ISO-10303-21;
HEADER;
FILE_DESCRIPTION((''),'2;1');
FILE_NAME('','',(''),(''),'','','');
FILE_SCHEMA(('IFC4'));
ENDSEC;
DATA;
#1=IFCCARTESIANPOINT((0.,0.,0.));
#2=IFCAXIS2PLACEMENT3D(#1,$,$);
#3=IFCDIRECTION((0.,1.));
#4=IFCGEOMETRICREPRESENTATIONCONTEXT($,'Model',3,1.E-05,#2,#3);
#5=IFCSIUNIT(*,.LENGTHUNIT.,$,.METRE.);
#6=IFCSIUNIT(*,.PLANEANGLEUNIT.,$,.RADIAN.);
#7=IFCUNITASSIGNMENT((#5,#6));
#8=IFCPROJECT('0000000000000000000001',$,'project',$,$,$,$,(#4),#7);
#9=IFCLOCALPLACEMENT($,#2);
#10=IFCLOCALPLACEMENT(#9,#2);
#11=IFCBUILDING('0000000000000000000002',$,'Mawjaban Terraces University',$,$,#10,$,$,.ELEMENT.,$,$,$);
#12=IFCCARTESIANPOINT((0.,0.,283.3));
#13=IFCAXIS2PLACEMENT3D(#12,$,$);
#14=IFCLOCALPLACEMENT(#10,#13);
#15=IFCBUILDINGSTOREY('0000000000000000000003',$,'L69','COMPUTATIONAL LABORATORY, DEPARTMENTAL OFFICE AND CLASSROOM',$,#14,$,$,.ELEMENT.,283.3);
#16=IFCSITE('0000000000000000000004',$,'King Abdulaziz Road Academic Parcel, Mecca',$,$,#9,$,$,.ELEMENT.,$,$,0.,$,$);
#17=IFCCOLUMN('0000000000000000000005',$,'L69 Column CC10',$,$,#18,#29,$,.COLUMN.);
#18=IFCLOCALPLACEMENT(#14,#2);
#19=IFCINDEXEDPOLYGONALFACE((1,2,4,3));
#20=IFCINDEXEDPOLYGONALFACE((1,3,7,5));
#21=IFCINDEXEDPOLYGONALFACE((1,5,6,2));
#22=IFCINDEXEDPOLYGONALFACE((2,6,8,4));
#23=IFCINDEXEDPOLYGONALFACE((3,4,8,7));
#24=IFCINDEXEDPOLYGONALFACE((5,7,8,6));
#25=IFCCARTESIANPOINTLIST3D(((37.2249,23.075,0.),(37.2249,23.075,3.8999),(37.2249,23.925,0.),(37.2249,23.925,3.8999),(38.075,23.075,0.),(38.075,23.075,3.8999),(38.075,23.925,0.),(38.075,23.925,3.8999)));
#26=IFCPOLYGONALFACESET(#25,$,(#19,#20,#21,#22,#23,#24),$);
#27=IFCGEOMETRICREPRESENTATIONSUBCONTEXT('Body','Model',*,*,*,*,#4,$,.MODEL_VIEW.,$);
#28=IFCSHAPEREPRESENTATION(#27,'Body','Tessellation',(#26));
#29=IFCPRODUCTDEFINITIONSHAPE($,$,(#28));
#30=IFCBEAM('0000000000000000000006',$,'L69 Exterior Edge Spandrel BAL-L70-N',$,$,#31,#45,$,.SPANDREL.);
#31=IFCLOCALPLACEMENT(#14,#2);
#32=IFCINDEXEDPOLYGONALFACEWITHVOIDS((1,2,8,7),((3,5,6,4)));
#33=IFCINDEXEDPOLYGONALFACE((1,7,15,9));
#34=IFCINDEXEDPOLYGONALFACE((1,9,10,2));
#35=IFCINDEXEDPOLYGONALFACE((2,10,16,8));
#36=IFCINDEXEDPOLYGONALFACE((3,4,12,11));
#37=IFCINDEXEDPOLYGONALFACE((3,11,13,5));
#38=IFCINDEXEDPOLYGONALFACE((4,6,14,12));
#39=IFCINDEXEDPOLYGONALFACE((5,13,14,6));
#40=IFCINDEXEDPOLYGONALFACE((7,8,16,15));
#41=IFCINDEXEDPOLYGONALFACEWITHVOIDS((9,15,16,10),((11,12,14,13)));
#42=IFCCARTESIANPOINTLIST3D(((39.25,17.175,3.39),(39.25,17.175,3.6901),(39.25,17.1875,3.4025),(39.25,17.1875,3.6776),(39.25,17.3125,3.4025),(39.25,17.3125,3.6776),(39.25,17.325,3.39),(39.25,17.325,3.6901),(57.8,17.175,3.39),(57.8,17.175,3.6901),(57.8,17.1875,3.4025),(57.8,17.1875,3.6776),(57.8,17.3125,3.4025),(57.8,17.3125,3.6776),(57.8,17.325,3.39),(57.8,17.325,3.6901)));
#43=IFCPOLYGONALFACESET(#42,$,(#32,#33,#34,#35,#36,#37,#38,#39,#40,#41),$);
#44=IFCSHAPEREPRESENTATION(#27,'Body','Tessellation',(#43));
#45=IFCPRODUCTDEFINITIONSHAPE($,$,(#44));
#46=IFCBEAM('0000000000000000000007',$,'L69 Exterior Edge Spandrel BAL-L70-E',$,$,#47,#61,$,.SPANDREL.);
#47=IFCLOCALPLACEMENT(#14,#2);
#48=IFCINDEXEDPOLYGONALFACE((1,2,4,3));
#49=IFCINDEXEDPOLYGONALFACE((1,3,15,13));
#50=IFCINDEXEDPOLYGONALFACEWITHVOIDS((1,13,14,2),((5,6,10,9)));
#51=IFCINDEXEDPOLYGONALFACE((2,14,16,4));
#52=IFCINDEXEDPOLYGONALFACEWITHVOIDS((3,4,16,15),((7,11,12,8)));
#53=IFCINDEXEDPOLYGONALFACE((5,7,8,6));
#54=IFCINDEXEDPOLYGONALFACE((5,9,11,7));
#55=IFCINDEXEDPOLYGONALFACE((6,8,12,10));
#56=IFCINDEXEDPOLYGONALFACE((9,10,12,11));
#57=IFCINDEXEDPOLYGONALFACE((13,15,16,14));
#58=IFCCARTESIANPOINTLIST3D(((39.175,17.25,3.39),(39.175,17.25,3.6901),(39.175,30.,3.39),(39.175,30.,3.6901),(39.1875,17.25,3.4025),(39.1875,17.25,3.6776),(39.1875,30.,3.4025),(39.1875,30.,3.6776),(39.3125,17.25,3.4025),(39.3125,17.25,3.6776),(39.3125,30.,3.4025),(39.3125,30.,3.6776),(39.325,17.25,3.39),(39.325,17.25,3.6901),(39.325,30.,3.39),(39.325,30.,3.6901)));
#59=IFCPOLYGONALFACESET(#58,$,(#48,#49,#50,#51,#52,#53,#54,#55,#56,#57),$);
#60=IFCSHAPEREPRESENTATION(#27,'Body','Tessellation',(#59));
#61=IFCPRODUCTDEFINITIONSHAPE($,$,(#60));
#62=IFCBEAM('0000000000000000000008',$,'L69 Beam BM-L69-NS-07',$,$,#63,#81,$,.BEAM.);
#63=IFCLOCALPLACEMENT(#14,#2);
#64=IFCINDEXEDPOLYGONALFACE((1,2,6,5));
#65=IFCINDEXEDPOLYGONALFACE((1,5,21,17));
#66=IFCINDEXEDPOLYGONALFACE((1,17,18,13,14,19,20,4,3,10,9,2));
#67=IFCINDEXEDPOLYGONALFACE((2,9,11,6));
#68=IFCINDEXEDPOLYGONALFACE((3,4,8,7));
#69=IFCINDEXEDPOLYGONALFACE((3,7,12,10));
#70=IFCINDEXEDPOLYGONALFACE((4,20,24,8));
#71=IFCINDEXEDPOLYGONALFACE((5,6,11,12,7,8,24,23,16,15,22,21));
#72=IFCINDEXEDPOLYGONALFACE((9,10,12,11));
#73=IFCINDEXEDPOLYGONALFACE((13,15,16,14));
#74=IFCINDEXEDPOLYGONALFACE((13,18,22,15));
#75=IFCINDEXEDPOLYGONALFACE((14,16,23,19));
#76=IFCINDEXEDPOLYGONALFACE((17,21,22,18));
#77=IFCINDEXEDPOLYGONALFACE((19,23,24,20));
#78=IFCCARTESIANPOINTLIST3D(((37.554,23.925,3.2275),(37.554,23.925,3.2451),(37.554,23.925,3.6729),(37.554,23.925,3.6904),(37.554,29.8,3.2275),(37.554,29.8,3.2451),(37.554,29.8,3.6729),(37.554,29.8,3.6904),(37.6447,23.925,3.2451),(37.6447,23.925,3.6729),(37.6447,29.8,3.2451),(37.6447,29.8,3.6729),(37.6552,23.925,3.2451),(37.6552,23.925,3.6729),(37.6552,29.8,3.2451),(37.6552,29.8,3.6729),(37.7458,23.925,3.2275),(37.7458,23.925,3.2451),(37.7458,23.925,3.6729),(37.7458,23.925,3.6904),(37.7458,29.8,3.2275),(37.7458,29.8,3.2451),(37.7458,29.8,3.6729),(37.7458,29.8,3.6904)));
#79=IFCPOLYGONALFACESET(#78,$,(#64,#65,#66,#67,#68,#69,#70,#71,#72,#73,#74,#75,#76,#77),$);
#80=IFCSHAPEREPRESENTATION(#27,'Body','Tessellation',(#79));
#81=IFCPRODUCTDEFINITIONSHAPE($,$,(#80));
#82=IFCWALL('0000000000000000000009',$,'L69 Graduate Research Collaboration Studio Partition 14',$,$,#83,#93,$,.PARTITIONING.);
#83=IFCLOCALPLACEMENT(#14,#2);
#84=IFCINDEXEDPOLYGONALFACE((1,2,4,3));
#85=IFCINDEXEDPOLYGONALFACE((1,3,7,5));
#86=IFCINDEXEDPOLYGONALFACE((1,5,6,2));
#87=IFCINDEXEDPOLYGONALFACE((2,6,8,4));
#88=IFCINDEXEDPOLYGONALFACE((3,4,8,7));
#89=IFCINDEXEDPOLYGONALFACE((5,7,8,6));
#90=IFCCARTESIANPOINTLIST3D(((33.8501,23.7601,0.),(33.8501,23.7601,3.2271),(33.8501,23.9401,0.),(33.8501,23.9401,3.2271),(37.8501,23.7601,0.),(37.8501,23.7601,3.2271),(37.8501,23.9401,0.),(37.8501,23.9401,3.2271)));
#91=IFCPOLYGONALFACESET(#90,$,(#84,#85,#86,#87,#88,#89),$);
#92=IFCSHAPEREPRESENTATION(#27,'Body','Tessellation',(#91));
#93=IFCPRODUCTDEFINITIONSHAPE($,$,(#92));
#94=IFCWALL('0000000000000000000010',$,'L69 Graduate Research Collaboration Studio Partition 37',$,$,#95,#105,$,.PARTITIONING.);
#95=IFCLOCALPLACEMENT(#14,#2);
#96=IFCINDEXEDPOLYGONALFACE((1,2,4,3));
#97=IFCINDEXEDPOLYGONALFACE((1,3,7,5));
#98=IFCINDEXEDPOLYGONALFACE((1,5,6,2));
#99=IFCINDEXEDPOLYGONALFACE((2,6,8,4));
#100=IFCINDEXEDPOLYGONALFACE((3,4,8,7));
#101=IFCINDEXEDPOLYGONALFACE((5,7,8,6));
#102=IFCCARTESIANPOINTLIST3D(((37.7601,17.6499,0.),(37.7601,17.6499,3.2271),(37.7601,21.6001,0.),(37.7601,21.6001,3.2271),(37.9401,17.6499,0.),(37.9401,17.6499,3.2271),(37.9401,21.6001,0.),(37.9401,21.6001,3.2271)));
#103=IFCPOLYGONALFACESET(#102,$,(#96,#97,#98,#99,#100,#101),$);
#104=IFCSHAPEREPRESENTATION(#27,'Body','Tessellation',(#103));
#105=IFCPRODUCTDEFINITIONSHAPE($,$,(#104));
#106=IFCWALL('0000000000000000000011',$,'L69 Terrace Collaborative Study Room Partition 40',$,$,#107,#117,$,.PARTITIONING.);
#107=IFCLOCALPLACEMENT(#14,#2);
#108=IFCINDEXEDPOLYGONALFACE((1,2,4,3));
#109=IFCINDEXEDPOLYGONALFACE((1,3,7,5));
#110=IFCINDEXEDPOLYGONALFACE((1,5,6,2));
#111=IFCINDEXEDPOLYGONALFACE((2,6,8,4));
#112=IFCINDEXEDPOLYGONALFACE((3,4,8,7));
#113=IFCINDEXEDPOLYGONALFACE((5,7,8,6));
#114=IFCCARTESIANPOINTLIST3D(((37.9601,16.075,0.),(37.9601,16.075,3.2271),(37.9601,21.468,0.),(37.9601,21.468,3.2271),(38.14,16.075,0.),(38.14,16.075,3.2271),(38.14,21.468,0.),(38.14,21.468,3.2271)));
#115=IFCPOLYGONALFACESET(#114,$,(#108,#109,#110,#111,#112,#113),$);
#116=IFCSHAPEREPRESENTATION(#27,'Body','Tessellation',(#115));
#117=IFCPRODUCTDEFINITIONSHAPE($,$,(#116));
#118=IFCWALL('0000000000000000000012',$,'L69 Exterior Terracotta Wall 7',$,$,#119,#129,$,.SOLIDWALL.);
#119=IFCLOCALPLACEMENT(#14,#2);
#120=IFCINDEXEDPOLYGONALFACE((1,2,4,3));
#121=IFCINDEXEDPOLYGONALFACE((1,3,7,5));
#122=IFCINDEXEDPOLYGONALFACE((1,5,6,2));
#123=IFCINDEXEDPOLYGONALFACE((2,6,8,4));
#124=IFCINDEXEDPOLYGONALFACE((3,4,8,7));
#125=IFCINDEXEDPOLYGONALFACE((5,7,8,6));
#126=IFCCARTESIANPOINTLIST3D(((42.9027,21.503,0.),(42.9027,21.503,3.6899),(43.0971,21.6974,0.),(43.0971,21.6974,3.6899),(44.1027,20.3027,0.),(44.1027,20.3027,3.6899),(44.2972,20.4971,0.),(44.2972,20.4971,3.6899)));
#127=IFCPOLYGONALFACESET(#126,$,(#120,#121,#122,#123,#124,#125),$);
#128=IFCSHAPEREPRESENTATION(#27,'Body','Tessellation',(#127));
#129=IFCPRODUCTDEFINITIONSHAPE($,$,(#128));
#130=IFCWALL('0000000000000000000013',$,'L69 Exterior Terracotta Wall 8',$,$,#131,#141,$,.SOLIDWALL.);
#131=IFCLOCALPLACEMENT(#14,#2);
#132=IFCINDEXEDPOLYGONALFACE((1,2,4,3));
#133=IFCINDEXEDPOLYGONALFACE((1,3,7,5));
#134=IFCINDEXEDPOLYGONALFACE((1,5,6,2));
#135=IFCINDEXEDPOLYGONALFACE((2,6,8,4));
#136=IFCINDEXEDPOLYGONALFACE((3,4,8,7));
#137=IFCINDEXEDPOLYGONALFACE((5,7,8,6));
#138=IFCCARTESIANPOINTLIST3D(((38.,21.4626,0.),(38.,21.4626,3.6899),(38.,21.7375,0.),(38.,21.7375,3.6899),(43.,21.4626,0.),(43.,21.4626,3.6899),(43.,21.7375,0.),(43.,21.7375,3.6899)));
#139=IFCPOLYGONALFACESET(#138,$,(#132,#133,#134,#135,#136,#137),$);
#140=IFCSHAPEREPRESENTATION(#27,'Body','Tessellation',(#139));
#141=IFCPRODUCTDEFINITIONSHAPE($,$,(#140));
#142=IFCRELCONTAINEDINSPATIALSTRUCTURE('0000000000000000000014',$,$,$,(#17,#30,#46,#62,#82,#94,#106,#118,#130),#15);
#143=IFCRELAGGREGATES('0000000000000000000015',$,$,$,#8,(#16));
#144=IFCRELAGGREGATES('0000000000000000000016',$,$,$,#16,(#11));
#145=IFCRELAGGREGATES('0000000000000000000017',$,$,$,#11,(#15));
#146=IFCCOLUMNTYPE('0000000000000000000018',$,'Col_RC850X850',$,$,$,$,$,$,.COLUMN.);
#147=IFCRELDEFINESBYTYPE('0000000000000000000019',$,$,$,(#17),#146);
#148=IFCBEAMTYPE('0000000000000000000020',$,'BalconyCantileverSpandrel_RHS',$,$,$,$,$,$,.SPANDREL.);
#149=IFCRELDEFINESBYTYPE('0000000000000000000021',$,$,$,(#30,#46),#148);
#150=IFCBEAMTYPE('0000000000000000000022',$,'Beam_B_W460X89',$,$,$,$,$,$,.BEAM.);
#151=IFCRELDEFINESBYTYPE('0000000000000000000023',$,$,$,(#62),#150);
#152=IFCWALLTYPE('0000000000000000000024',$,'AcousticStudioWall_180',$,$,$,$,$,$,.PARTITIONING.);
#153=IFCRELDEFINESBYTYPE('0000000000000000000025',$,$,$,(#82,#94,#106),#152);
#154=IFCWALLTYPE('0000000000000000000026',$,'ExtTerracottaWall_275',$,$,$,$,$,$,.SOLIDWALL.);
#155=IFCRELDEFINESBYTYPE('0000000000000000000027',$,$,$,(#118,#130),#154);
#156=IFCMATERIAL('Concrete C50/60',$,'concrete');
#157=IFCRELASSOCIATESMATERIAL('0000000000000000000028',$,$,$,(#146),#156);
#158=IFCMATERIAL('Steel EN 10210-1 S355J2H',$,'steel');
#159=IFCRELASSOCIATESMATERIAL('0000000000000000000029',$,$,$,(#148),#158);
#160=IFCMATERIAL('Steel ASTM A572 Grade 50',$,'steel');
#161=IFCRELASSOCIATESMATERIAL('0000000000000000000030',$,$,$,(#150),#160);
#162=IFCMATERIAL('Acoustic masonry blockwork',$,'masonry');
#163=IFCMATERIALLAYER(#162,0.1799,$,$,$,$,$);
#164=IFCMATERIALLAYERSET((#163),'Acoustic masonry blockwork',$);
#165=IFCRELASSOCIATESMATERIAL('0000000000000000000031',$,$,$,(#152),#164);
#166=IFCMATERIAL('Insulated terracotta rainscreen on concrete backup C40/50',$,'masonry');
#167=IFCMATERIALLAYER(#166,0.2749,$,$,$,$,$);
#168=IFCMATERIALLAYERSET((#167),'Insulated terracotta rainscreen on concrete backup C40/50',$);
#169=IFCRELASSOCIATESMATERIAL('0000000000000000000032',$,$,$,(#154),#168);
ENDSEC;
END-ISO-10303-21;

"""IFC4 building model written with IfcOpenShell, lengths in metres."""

from ifc_helpers import new_model, si_unit, direction, frame, frame_2d, origin, origin_2d, place, context, subcontext, project, spatial, rectangle, hollow_rectangle, i_section, extrude, material, layer, layer_set, material_profile, profile_set, type_object, element, save


model = new_model("IFC4")

# Units and contexts
model_context = context("Model", 3, precision=1e-05, world=origin(), true_north=direction((0.0, 1.0)))
body_context = subcontext(model_context, "Body", "Model", "MODEL_VIEW")
ifc_project = project(units=[si_unit("LENGTHUNIT", "METRE"), si_unit("PLANEANGLEUNIT", "RADIAN")], contexts=[model_context])

# Site, building, storey
site_placement = place(None, origin())
site = spatial("IfcSite", under=ifc_project, at=site_placement, Name="King Abdulaziz Road Academic Parcel, Mecca", CompositionType="ELEMENT", RefElevation=0.0)
building_placement = place(site_placement, origin())
building = spatial("IfcBuilding", under=site, at=building_placement, Name="Mawjaban Terraces University", CompositionType="ELEMENT")
storey_placement = place(building_placement, frame((0.0, 0.0, 283.3)))
storey = spatial("IfcBuildingStorey", under=building, at=storey_placement, Name="L69", Description="COMPUTATIONAL LABORATORY, DEPARTMENTAL OFFICE AND CLASSROOM", CompositionType="ELEMENT", Elevation=283.3)

# Column
ifc_material_1 = material(Name="Concrete C50/60", Category="concrete")
ifc_material_profile_1 = material_profile(ifc_material_1, rectangle(XDim=0.8501, YDim=0.8501, at=origin_2d()), Name="RC850X850")
ifc_profile_set_1 = profile_set([ifc_material_profile_1], Name="Concrete C50/60")
column_type = type_object("IfcColumnType", Name="Col_RC850X850", PredefinedType="COLUMN", material=ifc_profile_set_1)
column_placement = place(storey_placement, frame((37.6499, 23.5, 0.0), z_axis=(0.0, 0.0, 1.0), x_axis=(1.0, 0.0, 0.0)))
element("IfcColumn", 1, at=column_placement, inside=storey, type_object=column_type, Name="L69 Column CC10", PredefinedType="COLUMN", context=body_context, shape_type="SweptSolid", body=[
    extrude(rectangle(XDim=0.8501, YDim=0.8501, at=origin_2d()), origin(), (0.0, 0.0, 1.0), 3.8999),
])

# Beams
ifc_material_2 = material(Name="Steel EN 10210-1 S355J2H", Category="steel")
ifc_material_profile_2 = material_profile(ifc_material_2, hollow_rectangle(XDim=0.1499, YDim=0.3, WallThickness=0.0125, at=origin_2d()), Name="RHS300X150X12.5")
ifc_profile_set_2 = profile_set([ifc_material_profile_2], Name="Steel EN 10210-1 S355J2H")
beam_type_1 = type_object("IfcBeamType", Name="BalconyCantileverSpandrel_RHS", PredefinedType="SPANDREL", material=ifc_profile_set_2)
beam_1_placement = place(storey_placement, frame((39.25, 17.25, 3.54), z_axis=(1.0, 0.0, 0.0), x_axis=(0.0, 1.0, 0.0)))
element("IfcBeam", 2, at=beam_1_placement, inside=storey, type_object=beam_type_1, Name="L69 Exterior Edge Spandrel BAL-L70-N", PredefinedType="SPANDREL", context=body_context, shape_type="SweptSolid", body=[
    extrude(hollow_rectangle(XDim=0.1499, YDim=0.3, WallThickness=0.0125, at=origin_2d()), origin(), (0.0, 0.0, 1.0), 18.55),
])
beam_2_placement = place(storey_placement, frame((39.25, 17.25, 3.54), z_axis=(0.0, 1.0, 0.0), x_axis=(-1.0, 0.0, 0.0)))
element("IfcBeam", 3, at=beam_2_placement, inside=storey, type_object=beam_type_1, Name="L69 Exterior Edge Spandrel BAL-L70-E", PredefinedType="SPANDREL", context=body_context, shape_type="SweptSolid", body=[
    extrude(hollow_rectangle(XDim=0.1499, YDim=0.3, WallThickness=0.0125, at=origin_2d()), origin(), (0.0, 0.0, 1.0), 12.75),
])
ifc_material_3 = material(Name="Steel ASTM A572 Grade 50", Category="steel")
ifc_material_profile_3 = material_profile(ifc_material_3, i_section(OverallWidth=0.1919, OverallDepth=0.4629, WebThickness=0.0105, FlangeThickness=0.0176, at=origin_2d()), Name="W460X89")
ifc_profile_set_3 = profile_set([ifc_material_profile_3], Name="Steel ASTM A572 Grade 50")
beam_type_2 = type_object("IfcBeamType", Name="Beam_B_W460X89", PredefinedType="BEAM", material=ifc_profile_set_3)
beam_3_placement = place(storey_placement, frame((37.6499, 23.925, 3.459), z_axis=(0.0, 1.0, 0.0), x_axis=(-1.0, 0.0, 0.0)))
element("IfcBeam", 4, at=beam_3_placement, inside=storey, type_object=beam_type_2, Name="L69 Beam BM-L69-NS-07", PredefinedType="BEAM", context=body_context, shape_type="SweptSolid", body=[
    extrude(i_section(OverallWidth=0.1919, OverallDepth=0.4629, WebThickness=0.0105, FlangeThickness=0.0176, at=origin_2d()), origin(), (0.0, 0.0, 1.0), 5.875),
])

# Walls
ifc_material_4 = material(Name="Acoustic masonry blockwork", Category="masonry")
ifc_layer_1 = layer(ifc_material_4, 0.1799)
ifc_layer_set_1 = layer_set([ifc_layer_1], Name="Acoustic masonry blockwork")
wall_type_1 = type_object("IfcWallType", Name="AcousticStudioWall_180", PredefinedType="PARTITIONING", material=ifc_layer_set_1)
wall_1_placement = place(storey_placement, frame((37.8501, 23.8501, 0.0), z_axis=(0.0, 0.0, 1.0), x_axis=(-1.0, 0.0, 0.0)))
element("IfcWall", 5, at=wall_1_placement, inside=storey, type_object=wall_type_1, Name="L69 Graduate Research Collaboration Studio Partition 14", PredefinedType="PARTITIONING", context=body_context, shape_type="SweptSolid", body=[
    extrude(rectangle(XDim=4.0, YDim=0.1799, at=frame_2d((2.0, 0.0))), origin(), (0.0, 0.0, 1.0), 3.2271),
])
wall_2_placement = place(storey_placement, frame((37.8501, 17.6499, 0.0), z_axis=(0.0, 0.0, 1.0), x_axis=(0.0, 1.0, 0.0)))
element("IfcWall", 6, at=wall_2_placement, inside=storey, type_object=wall_type_1, Name="L69 Graduate Research Collaboration Studio Partition 37", PredefinedType="PARTITIONING", context=body_context, shape_type="SweptSolid", body=[
    extrude(rectangle(XDim=3.9502, YDim=0.1799, at=frame_2d((1.9751, 0.0))), origin(), (0.0, 0.0, 1.0), 3.2271),
])
wall_3_placement = place(storey_placement, frame((38.05, 21.468, 0.0), z_axis=(0.0, 0.0, 1.0), x_axis=(0.0, -1.0, 0.0)))
element("IfcWall", 7, at=wall_3_placement, inside=storey, type_object=wall_type_1, Name="L69 Terrace Collaborative Study Room Partition 40", PredefinedType="PARTITIONING", context=body_context, shape_type="SweptSolid", body=[
    extrude(rectangle(XDim=5.3931, YDim=0.1799, at=frame_2d((2.6965, 0.0))), origin(), (0.0, 0.0, 1.0), 3.2271),
])
ifc_material_5 = material(Name="Insulated terracotta rainscreen on concrete backup C40/50", Category="masonry")
ifc_layer_2 = layer(ifc_material_5, 0.2749)
ifc_layer_set_2 = layer_set([ifc_layer_2], Name="Insulated terracotta rainscreen on concrete backup C40/50")
wall_type_2 = type_object("IfcWallType", Name="ExtTerracottaWall_275", PredefinedType="SOLIDWALL", material=ifc_layer_set_2)
wall_4_placement = place(storey_placement, frame((44.2, 20.3999, 0.0), z_axis=(0.0, 0.0, 1.0), x_axis=(-0.707035, 0.707179, 0.0)))
element("IfcWall", 8, at=wall_4_placement, inside=storey, type_object=wall_type_2, Name="L69 Exterior Terracotta Wall 7", PredefinedType="SOLIDWALL", context=body_context, shape_type="SweptSolid", body=[
    extrude(rectangle(XDim=1.6973, YDim=0.2749, at=frame_2d((0.8486, 0.0))), origin(), (0.0, 0.0, 1.0), 3.6899),
])
wall_5_placement = place(storey_placement, frame((43.0, 21.6001, 0.0), z_axis=(0.0, 0.0, 1.0), x_axis=(-1.0, 0.0, 0.0)))
element("IfcWall", 9, at=wall_5_placement, inside=storey, type_object=wall_type_2, Name="L69 Exterior Terracotta Wall 8", PredefinedType="SOLIDWALL", context=body_context, shape_type="SweptSolid", body=[
    extrude(rectangle(XDim=5.0, YDim=0.2749, at=frame_2d((2.5, 0.0))), origin(), (0.0, 0.0, 1.0), 3.6899),
])

save(model, "model.ifc")
